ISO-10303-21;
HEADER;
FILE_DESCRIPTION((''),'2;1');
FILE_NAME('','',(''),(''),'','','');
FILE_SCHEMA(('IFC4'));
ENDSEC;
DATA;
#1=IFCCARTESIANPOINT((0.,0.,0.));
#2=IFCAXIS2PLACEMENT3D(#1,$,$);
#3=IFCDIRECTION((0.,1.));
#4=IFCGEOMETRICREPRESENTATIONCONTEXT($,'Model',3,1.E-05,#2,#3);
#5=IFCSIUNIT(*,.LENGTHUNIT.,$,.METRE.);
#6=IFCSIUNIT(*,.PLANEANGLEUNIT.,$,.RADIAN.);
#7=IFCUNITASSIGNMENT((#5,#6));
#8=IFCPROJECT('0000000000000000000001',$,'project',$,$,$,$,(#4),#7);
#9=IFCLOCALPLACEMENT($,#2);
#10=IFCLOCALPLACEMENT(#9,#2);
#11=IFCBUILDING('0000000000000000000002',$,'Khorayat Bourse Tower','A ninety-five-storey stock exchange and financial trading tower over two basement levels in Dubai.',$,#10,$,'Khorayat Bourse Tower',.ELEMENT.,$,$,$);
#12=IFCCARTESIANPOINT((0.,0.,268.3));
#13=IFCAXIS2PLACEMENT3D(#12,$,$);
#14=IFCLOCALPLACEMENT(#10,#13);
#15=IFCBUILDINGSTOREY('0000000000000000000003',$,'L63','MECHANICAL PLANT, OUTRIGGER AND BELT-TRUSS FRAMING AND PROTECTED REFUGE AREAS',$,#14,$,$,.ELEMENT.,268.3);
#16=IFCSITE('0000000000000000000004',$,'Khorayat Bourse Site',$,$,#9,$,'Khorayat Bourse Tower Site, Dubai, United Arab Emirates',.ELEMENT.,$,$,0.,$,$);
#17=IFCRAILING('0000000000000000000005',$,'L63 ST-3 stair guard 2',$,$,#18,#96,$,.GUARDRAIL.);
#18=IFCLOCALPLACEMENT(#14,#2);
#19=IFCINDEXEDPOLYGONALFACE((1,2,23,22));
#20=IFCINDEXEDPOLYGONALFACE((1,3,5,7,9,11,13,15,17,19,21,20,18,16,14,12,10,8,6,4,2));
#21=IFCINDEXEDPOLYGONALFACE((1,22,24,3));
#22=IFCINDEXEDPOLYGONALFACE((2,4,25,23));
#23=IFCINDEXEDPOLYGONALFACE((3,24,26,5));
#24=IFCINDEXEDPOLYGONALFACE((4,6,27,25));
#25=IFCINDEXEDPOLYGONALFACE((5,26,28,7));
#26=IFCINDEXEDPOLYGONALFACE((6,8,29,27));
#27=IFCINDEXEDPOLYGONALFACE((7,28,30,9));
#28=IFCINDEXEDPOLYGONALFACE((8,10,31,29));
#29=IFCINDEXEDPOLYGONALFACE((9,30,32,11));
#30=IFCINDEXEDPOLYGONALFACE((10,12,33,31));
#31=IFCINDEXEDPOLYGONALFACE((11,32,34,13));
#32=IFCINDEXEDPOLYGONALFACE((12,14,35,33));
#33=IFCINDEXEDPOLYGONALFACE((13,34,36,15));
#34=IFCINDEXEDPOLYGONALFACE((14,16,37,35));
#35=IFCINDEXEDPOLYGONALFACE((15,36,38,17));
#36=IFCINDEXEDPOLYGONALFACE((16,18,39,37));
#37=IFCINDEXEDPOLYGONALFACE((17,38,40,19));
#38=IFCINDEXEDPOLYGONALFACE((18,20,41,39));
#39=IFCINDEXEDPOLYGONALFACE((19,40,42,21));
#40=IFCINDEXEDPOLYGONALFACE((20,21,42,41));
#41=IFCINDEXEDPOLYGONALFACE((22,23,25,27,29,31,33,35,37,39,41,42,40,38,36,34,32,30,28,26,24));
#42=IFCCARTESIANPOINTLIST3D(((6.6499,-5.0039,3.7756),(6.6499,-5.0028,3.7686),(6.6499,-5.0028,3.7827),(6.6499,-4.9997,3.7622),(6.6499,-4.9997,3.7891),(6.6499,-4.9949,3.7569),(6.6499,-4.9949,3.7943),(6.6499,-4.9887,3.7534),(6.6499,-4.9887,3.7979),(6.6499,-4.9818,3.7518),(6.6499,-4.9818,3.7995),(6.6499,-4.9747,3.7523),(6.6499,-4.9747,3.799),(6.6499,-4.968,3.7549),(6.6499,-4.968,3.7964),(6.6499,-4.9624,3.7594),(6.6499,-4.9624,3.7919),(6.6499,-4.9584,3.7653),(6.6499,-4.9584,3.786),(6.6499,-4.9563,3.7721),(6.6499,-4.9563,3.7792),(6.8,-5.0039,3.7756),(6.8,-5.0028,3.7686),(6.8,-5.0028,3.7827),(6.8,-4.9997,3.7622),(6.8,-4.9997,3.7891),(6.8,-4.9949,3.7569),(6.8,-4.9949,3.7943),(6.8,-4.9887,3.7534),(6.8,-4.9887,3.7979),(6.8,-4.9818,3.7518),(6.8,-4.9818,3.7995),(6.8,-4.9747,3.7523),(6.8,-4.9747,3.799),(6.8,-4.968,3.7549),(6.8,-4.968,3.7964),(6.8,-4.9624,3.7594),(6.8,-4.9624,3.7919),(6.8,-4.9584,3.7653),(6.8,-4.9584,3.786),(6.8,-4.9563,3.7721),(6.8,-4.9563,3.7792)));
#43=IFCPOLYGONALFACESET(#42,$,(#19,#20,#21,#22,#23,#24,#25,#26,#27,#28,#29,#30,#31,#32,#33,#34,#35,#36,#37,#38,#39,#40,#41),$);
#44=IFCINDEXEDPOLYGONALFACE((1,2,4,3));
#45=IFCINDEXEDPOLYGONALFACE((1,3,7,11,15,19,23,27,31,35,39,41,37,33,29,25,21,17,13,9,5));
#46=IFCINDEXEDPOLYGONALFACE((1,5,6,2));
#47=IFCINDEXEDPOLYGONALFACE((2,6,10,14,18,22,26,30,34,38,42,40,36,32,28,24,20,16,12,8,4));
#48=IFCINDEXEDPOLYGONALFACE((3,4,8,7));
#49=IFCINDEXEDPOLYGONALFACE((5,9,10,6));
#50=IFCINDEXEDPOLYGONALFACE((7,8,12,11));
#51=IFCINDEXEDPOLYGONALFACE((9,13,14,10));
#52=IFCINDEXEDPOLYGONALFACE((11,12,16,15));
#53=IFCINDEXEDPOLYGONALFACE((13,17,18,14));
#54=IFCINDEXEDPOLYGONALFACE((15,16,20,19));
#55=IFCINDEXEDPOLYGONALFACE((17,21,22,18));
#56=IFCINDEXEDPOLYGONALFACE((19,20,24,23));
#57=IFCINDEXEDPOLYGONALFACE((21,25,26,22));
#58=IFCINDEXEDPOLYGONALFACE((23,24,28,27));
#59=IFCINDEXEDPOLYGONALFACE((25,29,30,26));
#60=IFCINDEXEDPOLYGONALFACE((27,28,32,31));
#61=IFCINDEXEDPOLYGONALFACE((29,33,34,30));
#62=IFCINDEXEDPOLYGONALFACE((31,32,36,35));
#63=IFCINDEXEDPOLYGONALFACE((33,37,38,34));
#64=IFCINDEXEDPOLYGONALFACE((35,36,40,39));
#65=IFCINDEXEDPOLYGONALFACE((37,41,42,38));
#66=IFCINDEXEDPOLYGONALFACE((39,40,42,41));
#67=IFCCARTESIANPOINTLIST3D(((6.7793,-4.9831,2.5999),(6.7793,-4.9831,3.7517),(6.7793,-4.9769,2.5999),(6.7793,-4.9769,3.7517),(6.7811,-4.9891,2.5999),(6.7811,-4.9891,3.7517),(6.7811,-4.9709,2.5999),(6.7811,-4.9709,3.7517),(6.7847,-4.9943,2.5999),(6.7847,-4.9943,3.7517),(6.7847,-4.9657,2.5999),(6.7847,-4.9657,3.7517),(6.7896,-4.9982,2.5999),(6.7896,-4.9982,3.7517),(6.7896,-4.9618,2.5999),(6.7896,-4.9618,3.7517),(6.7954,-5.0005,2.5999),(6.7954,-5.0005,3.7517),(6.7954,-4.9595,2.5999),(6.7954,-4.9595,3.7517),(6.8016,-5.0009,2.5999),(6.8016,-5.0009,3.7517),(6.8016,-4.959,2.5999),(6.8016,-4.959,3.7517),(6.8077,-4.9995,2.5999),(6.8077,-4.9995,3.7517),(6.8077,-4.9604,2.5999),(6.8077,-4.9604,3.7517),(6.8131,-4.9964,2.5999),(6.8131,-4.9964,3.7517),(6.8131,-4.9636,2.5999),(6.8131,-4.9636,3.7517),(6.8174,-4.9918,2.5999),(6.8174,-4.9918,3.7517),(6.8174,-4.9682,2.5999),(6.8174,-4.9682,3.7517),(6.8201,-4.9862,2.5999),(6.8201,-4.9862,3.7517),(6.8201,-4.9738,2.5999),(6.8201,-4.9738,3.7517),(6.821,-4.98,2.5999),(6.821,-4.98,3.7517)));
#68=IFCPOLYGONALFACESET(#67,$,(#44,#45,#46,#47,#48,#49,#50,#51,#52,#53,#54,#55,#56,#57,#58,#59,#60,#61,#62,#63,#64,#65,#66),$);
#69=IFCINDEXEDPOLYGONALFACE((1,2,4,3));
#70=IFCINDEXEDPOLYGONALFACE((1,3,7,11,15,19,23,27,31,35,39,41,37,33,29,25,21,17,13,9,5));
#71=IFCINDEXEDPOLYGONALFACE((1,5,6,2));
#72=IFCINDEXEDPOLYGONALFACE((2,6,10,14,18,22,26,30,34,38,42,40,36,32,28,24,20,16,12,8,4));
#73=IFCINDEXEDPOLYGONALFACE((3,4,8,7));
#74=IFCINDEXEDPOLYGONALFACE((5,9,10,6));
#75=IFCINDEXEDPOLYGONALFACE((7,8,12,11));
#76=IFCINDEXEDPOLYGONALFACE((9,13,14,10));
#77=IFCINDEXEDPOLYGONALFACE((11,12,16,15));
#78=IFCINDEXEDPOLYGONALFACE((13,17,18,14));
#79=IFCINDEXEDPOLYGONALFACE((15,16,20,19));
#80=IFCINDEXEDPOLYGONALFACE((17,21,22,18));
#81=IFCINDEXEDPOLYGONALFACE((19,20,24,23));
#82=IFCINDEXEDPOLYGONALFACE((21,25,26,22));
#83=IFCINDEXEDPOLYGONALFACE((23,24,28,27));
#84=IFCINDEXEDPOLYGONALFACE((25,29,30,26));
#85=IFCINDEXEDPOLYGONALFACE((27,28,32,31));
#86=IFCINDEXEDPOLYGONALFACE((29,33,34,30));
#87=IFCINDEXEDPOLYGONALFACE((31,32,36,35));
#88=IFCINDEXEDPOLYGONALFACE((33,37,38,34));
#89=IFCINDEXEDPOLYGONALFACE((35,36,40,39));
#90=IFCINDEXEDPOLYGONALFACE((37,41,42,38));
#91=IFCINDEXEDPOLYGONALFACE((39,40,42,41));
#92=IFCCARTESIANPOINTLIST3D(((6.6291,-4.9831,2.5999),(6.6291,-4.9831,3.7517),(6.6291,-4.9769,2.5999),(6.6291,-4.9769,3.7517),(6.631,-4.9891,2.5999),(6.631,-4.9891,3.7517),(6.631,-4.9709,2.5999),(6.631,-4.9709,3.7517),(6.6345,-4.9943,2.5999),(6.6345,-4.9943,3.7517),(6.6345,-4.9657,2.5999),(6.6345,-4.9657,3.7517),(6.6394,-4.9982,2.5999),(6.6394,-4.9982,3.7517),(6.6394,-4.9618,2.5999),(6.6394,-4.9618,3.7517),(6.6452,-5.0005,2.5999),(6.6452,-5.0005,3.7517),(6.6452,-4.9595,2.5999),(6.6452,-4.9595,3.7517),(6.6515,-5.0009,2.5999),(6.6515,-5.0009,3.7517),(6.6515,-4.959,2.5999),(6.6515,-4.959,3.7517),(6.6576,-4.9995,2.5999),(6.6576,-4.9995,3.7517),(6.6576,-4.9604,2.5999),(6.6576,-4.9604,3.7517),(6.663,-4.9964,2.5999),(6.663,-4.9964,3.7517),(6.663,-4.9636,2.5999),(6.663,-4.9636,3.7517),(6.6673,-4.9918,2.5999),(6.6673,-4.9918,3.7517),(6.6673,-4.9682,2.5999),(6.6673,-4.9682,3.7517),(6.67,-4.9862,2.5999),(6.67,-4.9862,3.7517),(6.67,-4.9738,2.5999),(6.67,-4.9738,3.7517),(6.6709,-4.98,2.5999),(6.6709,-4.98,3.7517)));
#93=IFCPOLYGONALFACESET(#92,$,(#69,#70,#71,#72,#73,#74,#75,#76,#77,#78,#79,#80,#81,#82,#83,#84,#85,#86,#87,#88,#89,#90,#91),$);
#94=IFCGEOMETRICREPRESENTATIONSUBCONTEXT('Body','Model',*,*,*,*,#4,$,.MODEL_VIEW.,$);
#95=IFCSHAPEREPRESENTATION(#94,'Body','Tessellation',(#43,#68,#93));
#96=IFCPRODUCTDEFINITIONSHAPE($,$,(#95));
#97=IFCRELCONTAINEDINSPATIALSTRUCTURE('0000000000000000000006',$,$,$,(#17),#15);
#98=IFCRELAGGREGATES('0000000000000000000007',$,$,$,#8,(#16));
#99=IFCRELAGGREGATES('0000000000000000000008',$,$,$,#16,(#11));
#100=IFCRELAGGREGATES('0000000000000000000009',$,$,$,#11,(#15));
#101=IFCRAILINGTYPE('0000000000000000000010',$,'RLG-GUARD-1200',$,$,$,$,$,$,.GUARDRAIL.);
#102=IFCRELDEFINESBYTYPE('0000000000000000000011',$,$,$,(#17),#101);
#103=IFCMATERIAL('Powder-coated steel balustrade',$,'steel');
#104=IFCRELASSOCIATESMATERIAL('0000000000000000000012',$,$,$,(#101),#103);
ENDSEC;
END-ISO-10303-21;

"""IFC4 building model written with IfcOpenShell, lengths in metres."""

from ifc_helpers import new_model, si_unit, direction, frame, origin, origin_2d, place, context, subcontext, project, spatial, circle, extrude, source, transform, mapped, material, type_object, element, save


model = new_model("IFC4")

# Units and contexts
model_context = context("Model", 3, precision=1e-05, world=origin(), true_north=direction((0.0, 1.0)))
body_context = subcontext(model_context, "Body", "Model", "MODEL_VIEW")
ifc_project = project(units=[si_unit("LENGTHUNIT", "METRE"), si_unit("PLANEANGLEUNIT", "RADIAN")], contexts=[model_context])

# Site, building, storey
site_placement = place(None, origin())
site = spatial("IfcSite", under=ifc_project, at=site_placement, Name="Khorayat Bourse Site", LongName="Khorayat Bourse Tower Site, Dubai, United Arab Emirates", CompositionType="ELEMENT", RefElevation=0.0)
building_placement = place(site_placement, origin())
building = spatial("IfcBuilding", under=site, at=building_placement, Name="Khorayat Bourse Tower", Description="A ninety-five-storey stock exchange and financial trading tower over two basement levels in Dubai.", LongName="Khorayat Bourse Tower", CompositionType="ELEMENT")
storey_placement = place(building_placement, frame((0.0, 0.0, 268.3)))
storey = spatial("IfcBuildingStorey", under=building, at=storey_placement, Name="L63", Description="MECHANICAL PLANT, OUTRIGGER AND BELT-TRUSS FRAMING AND PROTECTED REFUGE AREAS", CompositionType="ELEMENT", Elevation=268.3)

# Railing
ifc_material_1 = material(Name="Powder-coated steel balustrade", Category="steel")
railing_type_1 = type_object("IfcRailingType", Name="RLG-GUARD-1200", PredefinedType="GUARDRAIL", material=ifc_material_1)
shared_shape_1 = source(origin(), body_context, "Body", "SweptSolid", [
    extrude(circle(Radius=0.0239, at=origin_2d()), frame((0.0, 0.0, 1.1758), z_axis=(-1.0, 0.0, 0.0), x_axis=(0.0, -1.0, 0.0)), (0.0, 0.0, 1.0), 0.1501),
    extrude(circle(Radius=0.021, at=origin_2d()), origin(), (0.0, 0.0, 1.0), 1.1519),
    extrude(circle(Radius=0.021, at=origin_2d()), frame((-0.1501, 0.0, 0.0)), (0.0, 0.0, 1.0), 1.1519),
])
railing_1_placement = place(storey_placement, frame((6.8, -4.98, 2.5999)))
element("IfcRailing", 1, at=railing_1_placement, inside=storey, type_object=railing_type_1, Name="L63 ST-3 stair guard 2", PredefinedType="GUARDRAIL", context=body_context, shape_type="MappedRepresentation", body=[
    mapped(shared_shape_1, transform((0.0, 0.0, 0.0), scale=1.0)),
])

save(model, "model.ifc")
